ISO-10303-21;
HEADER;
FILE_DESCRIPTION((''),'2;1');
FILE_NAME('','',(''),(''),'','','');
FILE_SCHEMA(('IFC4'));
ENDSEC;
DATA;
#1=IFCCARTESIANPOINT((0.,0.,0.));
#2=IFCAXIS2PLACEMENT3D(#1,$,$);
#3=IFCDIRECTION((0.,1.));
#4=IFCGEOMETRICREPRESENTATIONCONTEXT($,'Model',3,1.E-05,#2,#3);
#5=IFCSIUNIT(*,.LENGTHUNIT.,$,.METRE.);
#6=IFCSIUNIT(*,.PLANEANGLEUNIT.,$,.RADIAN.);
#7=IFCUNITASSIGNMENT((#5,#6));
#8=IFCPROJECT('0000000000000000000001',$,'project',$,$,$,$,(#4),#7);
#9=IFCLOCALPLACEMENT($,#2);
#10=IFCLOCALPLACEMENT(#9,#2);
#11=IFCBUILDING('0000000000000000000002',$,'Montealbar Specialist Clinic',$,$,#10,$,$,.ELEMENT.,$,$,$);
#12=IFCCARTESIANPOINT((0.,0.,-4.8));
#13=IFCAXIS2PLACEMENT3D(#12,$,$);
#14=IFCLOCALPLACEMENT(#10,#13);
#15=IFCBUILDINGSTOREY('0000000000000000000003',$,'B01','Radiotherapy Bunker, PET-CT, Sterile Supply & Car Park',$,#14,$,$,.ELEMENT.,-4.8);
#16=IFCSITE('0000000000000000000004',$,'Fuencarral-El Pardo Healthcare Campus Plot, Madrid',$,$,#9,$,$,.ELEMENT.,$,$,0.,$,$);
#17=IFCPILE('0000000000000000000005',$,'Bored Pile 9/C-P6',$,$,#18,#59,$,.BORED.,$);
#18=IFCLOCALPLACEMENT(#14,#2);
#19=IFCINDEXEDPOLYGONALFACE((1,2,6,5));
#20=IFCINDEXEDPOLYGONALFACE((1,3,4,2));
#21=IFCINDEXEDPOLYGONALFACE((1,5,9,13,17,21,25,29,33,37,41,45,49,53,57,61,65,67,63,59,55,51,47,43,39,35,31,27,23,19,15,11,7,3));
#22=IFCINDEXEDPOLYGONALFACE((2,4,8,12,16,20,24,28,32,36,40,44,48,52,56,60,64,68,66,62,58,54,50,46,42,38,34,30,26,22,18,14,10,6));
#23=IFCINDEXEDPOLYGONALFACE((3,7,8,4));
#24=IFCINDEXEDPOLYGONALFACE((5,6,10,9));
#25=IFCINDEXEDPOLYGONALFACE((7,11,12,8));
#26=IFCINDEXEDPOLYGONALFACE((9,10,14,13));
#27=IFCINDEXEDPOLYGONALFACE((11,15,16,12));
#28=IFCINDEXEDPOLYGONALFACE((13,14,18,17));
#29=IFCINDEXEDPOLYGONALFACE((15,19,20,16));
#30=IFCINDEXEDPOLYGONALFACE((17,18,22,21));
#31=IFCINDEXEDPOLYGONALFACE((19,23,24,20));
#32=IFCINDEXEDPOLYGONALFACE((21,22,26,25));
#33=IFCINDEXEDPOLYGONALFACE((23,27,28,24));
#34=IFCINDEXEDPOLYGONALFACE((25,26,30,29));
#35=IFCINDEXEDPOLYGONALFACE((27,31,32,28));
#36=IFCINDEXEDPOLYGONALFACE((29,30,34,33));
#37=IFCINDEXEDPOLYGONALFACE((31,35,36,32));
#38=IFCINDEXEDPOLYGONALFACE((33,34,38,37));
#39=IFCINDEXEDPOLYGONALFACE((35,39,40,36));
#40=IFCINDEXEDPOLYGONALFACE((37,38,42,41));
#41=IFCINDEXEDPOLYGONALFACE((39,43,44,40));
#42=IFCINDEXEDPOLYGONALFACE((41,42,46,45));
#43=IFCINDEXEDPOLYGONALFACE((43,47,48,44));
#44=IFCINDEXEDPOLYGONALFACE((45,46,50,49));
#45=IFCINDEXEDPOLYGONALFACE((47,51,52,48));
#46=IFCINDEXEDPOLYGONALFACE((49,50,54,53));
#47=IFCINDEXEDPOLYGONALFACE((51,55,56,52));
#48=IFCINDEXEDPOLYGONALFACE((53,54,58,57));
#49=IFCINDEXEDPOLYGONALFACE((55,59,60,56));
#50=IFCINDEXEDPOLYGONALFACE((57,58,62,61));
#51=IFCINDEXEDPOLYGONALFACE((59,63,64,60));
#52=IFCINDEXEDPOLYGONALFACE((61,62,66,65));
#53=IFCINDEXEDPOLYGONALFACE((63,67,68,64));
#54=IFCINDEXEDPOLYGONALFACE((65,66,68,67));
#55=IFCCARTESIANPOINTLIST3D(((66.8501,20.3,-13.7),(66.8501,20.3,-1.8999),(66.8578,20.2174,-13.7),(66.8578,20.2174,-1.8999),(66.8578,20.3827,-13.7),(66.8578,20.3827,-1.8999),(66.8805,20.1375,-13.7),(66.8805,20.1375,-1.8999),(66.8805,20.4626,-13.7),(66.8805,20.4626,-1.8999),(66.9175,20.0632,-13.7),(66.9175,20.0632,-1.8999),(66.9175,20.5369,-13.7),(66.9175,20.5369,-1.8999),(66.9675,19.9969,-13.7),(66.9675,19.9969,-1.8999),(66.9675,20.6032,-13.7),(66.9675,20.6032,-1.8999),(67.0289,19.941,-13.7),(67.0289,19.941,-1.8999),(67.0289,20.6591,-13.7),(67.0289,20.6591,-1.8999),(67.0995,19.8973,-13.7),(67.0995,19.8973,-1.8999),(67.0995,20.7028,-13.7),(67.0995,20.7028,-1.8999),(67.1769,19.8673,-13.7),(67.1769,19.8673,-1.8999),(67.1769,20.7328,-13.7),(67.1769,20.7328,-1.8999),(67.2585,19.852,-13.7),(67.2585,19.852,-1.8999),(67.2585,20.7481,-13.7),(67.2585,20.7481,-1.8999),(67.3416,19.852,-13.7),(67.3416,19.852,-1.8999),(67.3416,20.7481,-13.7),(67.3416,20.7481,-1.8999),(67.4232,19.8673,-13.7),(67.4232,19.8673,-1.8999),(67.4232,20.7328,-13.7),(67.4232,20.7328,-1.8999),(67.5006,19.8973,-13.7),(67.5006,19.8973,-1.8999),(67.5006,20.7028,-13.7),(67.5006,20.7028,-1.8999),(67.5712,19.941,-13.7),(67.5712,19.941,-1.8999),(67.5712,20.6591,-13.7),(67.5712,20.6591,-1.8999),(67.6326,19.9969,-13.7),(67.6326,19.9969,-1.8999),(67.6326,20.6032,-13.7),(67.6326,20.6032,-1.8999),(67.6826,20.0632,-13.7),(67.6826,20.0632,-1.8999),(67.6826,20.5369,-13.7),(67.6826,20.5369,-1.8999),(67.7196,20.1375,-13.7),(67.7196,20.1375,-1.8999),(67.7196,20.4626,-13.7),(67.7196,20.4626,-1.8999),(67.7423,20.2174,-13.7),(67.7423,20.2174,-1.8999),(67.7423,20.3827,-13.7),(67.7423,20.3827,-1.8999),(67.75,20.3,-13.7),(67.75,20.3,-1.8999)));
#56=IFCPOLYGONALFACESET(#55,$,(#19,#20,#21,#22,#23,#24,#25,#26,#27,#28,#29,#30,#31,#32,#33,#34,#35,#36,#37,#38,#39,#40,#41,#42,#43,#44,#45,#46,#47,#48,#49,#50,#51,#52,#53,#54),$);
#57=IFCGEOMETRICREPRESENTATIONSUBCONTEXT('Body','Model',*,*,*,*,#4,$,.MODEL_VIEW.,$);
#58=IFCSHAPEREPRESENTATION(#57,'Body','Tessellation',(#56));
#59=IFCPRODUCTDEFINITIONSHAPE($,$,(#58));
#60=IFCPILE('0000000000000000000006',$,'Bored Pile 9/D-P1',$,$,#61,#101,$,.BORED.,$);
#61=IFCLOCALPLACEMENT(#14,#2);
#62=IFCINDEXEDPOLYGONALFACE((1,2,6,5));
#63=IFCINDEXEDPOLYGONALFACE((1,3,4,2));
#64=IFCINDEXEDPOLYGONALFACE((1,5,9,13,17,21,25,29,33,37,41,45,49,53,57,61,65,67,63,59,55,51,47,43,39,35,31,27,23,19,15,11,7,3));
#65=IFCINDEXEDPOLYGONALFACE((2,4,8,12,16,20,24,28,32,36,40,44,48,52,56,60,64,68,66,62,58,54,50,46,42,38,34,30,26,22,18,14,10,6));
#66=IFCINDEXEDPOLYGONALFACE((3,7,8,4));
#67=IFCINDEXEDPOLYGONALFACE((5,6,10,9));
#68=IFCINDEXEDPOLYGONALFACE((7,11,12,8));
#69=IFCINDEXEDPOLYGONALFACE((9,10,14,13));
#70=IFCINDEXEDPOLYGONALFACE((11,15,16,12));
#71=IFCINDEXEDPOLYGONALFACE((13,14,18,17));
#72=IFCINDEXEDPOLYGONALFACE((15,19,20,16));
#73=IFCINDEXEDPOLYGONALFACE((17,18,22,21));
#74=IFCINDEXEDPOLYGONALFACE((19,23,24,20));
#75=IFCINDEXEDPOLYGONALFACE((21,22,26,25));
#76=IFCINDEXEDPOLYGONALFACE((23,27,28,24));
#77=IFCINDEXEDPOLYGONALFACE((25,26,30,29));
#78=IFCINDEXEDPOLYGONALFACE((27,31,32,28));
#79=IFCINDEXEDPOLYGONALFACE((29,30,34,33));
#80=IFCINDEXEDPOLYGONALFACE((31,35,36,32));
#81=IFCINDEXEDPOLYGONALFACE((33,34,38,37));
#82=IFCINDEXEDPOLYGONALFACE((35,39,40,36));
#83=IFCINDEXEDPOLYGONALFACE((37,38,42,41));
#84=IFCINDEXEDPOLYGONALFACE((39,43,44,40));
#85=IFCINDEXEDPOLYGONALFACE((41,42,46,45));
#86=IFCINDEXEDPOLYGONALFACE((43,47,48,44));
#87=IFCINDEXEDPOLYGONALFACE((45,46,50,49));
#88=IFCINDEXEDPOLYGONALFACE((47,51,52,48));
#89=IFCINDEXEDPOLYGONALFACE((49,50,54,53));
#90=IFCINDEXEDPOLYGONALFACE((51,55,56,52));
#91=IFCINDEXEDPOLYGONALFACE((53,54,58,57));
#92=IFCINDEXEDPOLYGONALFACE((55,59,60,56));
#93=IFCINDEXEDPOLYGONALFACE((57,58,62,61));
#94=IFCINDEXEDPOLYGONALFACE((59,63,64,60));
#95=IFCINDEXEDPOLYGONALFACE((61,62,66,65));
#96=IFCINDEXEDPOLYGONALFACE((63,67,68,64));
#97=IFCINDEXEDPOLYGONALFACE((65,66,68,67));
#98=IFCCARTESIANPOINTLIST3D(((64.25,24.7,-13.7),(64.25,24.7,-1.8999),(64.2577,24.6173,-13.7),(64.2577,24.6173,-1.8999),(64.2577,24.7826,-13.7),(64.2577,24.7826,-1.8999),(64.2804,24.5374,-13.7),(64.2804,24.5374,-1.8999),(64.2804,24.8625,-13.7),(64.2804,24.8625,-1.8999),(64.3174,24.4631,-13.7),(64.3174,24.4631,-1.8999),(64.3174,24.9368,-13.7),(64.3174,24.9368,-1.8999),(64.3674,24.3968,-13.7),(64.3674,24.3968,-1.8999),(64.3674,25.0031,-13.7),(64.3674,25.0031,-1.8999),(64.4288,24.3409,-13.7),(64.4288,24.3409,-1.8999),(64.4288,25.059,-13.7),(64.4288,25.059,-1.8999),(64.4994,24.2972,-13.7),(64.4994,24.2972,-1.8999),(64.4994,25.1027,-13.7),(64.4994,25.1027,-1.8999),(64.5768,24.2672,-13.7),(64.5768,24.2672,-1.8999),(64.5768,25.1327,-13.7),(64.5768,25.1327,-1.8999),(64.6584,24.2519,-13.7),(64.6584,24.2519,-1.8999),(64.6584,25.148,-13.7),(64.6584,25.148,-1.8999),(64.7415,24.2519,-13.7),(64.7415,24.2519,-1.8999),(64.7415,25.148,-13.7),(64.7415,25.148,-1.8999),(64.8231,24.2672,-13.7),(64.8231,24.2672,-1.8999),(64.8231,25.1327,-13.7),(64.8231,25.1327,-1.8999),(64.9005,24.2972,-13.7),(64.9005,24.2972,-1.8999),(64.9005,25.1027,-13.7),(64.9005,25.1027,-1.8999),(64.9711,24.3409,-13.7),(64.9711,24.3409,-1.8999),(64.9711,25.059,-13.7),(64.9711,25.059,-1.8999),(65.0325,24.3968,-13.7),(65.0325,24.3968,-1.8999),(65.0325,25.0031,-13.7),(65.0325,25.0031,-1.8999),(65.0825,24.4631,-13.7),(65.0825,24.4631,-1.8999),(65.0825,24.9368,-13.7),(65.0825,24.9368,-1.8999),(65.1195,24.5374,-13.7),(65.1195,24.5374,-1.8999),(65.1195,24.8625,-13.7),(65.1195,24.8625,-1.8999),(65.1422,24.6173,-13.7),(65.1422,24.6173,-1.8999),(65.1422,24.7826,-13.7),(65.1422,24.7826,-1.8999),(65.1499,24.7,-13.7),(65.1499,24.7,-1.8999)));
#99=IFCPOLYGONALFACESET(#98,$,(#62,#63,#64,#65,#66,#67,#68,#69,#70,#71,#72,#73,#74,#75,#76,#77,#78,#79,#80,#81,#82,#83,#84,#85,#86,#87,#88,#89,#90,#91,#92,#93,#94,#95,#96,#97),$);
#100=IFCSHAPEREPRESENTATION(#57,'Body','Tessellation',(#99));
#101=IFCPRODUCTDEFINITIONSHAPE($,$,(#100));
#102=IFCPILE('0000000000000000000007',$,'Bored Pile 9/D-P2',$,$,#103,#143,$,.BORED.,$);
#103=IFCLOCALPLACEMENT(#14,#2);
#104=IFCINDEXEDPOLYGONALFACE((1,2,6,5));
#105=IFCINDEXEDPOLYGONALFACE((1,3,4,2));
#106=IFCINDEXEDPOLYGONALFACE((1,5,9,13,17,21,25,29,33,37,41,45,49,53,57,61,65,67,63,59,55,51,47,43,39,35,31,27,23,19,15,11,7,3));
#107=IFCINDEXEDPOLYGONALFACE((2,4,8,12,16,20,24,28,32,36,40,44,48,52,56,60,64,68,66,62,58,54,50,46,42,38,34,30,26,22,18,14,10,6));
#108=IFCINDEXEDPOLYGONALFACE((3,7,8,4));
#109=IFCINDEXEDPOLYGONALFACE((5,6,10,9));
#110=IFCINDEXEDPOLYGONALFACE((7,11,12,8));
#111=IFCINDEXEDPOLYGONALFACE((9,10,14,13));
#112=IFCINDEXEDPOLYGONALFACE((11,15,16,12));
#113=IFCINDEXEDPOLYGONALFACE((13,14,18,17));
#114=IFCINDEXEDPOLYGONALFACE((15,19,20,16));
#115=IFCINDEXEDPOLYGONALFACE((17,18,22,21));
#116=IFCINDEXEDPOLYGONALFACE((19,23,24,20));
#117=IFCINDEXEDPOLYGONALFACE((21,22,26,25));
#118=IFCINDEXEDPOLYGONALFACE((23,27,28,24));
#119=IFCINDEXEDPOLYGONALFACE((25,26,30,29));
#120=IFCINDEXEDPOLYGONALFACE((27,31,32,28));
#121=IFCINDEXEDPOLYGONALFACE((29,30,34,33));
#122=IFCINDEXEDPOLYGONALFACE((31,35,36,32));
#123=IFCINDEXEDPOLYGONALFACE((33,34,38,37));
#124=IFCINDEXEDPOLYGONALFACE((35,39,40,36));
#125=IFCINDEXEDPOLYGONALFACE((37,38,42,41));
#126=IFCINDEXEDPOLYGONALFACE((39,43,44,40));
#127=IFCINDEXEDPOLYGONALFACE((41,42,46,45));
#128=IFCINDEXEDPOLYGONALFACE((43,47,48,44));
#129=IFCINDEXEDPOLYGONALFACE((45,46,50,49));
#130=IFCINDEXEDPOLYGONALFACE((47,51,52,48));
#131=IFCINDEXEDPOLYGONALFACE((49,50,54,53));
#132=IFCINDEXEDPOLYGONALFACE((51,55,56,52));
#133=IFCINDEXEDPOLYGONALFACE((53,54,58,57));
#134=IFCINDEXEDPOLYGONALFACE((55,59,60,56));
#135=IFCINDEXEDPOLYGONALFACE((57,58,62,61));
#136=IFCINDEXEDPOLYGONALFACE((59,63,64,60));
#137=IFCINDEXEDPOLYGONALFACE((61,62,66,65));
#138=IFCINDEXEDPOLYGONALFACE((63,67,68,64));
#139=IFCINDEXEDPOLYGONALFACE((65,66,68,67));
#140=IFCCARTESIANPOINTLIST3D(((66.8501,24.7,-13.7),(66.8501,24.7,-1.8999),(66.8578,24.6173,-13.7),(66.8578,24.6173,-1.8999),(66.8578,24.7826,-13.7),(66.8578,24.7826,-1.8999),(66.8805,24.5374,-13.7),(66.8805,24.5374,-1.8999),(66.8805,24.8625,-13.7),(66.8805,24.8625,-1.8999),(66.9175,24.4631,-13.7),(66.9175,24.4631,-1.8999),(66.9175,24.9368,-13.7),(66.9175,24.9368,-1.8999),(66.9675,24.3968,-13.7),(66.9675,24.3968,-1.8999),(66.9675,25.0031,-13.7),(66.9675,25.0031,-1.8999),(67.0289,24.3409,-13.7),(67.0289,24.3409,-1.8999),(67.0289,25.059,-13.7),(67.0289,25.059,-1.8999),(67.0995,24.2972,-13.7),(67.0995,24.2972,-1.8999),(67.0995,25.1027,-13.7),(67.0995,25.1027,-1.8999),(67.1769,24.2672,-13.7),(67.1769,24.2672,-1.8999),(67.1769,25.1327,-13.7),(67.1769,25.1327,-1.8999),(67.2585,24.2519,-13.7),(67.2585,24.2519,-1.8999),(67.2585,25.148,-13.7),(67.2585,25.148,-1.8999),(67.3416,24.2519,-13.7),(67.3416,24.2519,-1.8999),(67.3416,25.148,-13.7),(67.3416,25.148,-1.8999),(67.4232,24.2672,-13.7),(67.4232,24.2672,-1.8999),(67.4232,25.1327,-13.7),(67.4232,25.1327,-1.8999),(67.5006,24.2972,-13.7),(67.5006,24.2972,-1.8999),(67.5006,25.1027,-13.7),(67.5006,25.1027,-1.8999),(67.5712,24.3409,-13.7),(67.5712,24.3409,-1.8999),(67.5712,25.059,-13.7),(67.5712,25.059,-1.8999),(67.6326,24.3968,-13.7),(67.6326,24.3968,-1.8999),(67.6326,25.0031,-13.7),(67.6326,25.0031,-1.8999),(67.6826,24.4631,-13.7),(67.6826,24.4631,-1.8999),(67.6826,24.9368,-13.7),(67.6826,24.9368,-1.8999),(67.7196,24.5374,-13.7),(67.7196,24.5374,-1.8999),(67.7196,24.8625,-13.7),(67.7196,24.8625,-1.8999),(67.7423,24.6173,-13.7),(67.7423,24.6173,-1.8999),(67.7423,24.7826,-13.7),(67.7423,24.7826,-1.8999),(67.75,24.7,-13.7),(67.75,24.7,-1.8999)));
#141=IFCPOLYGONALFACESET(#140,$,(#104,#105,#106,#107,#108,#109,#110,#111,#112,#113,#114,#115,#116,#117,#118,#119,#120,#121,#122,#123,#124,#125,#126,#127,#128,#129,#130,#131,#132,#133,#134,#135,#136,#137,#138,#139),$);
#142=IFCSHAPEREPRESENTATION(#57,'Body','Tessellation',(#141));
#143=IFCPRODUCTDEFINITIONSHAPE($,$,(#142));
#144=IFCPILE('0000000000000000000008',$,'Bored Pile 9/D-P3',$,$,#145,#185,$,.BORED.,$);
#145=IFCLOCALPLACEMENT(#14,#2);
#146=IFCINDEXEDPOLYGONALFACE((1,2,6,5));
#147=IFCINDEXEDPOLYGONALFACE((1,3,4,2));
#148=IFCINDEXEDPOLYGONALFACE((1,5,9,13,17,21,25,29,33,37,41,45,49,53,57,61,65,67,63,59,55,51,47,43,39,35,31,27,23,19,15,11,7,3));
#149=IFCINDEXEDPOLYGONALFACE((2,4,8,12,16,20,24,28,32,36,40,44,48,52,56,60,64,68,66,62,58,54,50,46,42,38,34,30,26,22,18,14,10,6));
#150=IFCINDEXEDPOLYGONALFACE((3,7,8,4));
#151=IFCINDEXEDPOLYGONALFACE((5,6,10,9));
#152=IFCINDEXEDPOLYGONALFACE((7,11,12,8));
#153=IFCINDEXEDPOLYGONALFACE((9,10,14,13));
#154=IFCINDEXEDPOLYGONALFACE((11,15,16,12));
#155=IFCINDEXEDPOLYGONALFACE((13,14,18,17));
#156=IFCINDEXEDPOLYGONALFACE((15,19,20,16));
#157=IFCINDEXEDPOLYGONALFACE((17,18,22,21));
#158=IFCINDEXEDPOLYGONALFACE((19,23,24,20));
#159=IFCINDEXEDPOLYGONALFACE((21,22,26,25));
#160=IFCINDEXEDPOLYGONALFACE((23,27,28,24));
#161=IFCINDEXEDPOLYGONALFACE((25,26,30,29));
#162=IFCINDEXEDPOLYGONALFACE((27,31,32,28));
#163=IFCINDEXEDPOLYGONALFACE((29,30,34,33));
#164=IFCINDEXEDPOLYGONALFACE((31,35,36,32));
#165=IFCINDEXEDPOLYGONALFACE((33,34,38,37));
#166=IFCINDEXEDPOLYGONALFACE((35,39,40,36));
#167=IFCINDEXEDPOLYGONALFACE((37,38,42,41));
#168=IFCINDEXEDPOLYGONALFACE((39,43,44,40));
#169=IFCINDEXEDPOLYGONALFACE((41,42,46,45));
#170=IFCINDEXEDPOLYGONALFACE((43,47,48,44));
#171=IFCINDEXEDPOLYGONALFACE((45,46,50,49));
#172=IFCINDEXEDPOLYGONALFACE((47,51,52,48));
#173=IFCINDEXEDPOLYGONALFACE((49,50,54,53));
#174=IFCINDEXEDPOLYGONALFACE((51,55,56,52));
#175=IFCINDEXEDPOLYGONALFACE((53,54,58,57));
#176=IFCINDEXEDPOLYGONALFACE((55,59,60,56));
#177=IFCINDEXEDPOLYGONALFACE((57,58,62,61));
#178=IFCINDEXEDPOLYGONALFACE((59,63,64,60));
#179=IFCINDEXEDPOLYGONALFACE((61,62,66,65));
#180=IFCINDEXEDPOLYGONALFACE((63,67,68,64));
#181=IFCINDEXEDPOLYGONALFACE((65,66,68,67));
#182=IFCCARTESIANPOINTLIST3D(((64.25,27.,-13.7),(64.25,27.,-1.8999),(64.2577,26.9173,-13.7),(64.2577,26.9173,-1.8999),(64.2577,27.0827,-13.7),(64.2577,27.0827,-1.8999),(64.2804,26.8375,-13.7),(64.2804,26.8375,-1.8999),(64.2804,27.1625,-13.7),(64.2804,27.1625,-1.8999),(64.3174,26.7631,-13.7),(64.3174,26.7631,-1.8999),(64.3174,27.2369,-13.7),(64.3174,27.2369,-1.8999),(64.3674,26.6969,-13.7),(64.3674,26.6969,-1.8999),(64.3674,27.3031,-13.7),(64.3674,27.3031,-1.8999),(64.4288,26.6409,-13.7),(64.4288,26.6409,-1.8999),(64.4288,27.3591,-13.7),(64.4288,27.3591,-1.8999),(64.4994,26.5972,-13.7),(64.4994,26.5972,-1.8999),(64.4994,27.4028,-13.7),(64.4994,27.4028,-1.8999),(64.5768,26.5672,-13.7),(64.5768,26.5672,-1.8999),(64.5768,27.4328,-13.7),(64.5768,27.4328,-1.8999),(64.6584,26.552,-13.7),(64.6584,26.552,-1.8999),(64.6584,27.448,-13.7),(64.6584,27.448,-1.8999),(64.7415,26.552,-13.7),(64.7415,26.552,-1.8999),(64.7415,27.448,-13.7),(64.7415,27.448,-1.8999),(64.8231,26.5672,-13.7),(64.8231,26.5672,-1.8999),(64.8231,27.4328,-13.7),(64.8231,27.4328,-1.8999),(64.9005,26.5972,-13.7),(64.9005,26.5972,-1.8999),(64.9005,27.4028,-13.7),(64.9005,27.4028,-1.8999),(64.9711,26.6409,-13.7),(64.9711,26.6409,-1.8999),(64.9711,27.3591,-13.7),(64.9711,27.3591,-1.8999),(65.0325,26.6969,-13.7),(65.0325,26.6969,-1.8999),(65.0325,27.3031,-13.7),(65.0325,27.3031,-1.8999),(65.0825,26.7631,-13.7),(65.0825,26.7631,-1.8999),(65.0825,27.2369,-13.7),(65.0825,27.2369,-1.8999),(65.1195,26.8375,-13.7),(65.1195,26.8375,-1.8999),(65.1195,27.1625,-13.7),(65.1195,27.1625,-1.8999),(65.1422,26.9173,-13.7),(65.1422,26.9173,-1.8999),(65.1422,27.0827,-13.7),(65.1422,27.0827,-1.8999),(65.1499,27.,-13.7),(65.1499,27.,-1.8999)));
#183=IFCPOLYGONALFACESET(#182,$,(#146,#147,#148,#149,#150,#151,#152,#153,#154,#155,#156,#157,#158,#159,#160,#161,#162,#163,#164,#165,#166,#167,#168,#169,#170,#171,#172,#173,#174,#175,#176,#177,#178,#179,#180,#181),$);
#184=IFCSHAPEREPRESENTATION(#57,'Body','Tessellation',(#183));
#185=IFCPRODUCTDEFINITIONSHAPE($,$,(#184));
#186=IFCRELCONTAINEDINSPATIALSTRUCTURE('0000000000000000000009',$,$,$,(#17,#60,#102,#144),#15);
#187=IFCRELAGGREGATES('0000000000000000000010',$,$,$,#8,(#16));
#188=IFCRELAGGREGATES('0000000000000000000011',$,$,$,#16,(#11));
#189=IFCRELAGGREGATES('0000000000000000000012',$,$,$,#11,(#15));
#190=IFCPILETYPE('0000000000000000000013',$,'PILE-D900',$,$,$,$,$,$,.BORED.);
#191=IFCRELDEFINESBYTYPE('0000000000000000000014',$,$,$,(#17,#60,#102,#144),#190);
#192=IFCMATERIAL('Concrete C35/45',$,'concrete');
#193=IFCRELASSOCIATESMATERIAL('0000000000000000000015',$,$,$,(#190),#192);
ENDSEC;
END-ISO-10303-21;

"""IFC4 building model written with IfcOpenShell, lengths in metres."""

from ifc_helpers import new_model, si_unit, direction, frame, origin, origin_2d, place, context, subcontext, project, spatial, circle, extrude, material, material_profile, profile_set, type_object, element, save


model = new_model("IFC4")

# Units and contexts
model_context = context("Model", 3, precision=1e-05, world=origin(), true_north=direction((0.0, 1.0)))
body_context = subcontext(model_context, "Body", "Model", "MODEL_VIEW")
ifc_project = project(units=[si_unit("LENGTHUNIT", "METRE"), si_unit("PLANEANGLEUNIT", "RADIAN")], contexts=[model_context])

# Site, building, storey
site_placement = place(None, origin())
site = spatial("IfcSite", under=ifc_project, at=site_placement, Name="Fuencarral-El Pardo Healthcare Campus Plot, Madrid", CompositionType="ELEMENT", RefElevation=0.0)
building_placement = place(site_placement, origin())
building = spatial("IfcBuilding", under=site, at=building_placement, Name="Montealbar Specialist Clinic", CompositionType="ELEMENT")
storey_placement = place(building_placement, frame((0.0, 0.0, -4.8)))
storey = spatial("IfcBuildingStorey", under=building, at=storey_placement, Name="B01", Description="Radiotherapy Bunker, PET-CT, Sterile Supply & Car Park", CompositionType="ELEMENT", Elevation=-4.8)

# Shared definitions
ifc_material_1 = material(Name="Concrete C35/45", Category="concrete")

# Piles
ifc_material_profile_1 = material_profile(ifc_material_1, circle(Radius=0.45, at=origin_2d()), Name="PILE D900", Category="concrete")
ifc_profile_set_1 = profile_set([ifc_material_profile_1], Name="Concrete C35/45")
pile_type_1 = type_object("IfcPileType", Name="PILE-D900", PredefinedType="BORED", material=ifc_profile_set_1)
for number, where, z_axis, x_axis, name in (
    (1, (67.3, 20.3, -1.8999), (0.0, 0.0, -1.0), (1.0, 0.0, 0.0), "Bored Pile 9/C-P6"),
    (2, (64.7, 24.7, -1.8999), (0.0, 0.0, -1.0), (1.0, 0.0, 0.0), "Bored Pile 9/D-P1"),
    (3, (67.3, 24.7, -1.8999), (0.0, 0.0, -1.0), (1.0, 0.0, 0.0), "Bored Pile 9/D-P2"),
    (4, (64.7, 27.0, -1.8999), (0.0, 0.0, -1.0), (1.0, 0.0, 0.0), "Bored Pile 9/D-P3"),
):
    element("IfcPile", number, at=place(storey_placement, frame(where, z_axis=z_axis, x_axis=x_axis)), inside=storey, type_object=pile_type_1, Name=name, PredefinedType="BORED", context=body_context, shape_type="SweptSolid", body=[
        extrude(circle(Radius=0.45, at=origin_2d()), origin(), (0.0, 0.0, 1.0), 11.8),
    ])

save(model, "model.ifc")
